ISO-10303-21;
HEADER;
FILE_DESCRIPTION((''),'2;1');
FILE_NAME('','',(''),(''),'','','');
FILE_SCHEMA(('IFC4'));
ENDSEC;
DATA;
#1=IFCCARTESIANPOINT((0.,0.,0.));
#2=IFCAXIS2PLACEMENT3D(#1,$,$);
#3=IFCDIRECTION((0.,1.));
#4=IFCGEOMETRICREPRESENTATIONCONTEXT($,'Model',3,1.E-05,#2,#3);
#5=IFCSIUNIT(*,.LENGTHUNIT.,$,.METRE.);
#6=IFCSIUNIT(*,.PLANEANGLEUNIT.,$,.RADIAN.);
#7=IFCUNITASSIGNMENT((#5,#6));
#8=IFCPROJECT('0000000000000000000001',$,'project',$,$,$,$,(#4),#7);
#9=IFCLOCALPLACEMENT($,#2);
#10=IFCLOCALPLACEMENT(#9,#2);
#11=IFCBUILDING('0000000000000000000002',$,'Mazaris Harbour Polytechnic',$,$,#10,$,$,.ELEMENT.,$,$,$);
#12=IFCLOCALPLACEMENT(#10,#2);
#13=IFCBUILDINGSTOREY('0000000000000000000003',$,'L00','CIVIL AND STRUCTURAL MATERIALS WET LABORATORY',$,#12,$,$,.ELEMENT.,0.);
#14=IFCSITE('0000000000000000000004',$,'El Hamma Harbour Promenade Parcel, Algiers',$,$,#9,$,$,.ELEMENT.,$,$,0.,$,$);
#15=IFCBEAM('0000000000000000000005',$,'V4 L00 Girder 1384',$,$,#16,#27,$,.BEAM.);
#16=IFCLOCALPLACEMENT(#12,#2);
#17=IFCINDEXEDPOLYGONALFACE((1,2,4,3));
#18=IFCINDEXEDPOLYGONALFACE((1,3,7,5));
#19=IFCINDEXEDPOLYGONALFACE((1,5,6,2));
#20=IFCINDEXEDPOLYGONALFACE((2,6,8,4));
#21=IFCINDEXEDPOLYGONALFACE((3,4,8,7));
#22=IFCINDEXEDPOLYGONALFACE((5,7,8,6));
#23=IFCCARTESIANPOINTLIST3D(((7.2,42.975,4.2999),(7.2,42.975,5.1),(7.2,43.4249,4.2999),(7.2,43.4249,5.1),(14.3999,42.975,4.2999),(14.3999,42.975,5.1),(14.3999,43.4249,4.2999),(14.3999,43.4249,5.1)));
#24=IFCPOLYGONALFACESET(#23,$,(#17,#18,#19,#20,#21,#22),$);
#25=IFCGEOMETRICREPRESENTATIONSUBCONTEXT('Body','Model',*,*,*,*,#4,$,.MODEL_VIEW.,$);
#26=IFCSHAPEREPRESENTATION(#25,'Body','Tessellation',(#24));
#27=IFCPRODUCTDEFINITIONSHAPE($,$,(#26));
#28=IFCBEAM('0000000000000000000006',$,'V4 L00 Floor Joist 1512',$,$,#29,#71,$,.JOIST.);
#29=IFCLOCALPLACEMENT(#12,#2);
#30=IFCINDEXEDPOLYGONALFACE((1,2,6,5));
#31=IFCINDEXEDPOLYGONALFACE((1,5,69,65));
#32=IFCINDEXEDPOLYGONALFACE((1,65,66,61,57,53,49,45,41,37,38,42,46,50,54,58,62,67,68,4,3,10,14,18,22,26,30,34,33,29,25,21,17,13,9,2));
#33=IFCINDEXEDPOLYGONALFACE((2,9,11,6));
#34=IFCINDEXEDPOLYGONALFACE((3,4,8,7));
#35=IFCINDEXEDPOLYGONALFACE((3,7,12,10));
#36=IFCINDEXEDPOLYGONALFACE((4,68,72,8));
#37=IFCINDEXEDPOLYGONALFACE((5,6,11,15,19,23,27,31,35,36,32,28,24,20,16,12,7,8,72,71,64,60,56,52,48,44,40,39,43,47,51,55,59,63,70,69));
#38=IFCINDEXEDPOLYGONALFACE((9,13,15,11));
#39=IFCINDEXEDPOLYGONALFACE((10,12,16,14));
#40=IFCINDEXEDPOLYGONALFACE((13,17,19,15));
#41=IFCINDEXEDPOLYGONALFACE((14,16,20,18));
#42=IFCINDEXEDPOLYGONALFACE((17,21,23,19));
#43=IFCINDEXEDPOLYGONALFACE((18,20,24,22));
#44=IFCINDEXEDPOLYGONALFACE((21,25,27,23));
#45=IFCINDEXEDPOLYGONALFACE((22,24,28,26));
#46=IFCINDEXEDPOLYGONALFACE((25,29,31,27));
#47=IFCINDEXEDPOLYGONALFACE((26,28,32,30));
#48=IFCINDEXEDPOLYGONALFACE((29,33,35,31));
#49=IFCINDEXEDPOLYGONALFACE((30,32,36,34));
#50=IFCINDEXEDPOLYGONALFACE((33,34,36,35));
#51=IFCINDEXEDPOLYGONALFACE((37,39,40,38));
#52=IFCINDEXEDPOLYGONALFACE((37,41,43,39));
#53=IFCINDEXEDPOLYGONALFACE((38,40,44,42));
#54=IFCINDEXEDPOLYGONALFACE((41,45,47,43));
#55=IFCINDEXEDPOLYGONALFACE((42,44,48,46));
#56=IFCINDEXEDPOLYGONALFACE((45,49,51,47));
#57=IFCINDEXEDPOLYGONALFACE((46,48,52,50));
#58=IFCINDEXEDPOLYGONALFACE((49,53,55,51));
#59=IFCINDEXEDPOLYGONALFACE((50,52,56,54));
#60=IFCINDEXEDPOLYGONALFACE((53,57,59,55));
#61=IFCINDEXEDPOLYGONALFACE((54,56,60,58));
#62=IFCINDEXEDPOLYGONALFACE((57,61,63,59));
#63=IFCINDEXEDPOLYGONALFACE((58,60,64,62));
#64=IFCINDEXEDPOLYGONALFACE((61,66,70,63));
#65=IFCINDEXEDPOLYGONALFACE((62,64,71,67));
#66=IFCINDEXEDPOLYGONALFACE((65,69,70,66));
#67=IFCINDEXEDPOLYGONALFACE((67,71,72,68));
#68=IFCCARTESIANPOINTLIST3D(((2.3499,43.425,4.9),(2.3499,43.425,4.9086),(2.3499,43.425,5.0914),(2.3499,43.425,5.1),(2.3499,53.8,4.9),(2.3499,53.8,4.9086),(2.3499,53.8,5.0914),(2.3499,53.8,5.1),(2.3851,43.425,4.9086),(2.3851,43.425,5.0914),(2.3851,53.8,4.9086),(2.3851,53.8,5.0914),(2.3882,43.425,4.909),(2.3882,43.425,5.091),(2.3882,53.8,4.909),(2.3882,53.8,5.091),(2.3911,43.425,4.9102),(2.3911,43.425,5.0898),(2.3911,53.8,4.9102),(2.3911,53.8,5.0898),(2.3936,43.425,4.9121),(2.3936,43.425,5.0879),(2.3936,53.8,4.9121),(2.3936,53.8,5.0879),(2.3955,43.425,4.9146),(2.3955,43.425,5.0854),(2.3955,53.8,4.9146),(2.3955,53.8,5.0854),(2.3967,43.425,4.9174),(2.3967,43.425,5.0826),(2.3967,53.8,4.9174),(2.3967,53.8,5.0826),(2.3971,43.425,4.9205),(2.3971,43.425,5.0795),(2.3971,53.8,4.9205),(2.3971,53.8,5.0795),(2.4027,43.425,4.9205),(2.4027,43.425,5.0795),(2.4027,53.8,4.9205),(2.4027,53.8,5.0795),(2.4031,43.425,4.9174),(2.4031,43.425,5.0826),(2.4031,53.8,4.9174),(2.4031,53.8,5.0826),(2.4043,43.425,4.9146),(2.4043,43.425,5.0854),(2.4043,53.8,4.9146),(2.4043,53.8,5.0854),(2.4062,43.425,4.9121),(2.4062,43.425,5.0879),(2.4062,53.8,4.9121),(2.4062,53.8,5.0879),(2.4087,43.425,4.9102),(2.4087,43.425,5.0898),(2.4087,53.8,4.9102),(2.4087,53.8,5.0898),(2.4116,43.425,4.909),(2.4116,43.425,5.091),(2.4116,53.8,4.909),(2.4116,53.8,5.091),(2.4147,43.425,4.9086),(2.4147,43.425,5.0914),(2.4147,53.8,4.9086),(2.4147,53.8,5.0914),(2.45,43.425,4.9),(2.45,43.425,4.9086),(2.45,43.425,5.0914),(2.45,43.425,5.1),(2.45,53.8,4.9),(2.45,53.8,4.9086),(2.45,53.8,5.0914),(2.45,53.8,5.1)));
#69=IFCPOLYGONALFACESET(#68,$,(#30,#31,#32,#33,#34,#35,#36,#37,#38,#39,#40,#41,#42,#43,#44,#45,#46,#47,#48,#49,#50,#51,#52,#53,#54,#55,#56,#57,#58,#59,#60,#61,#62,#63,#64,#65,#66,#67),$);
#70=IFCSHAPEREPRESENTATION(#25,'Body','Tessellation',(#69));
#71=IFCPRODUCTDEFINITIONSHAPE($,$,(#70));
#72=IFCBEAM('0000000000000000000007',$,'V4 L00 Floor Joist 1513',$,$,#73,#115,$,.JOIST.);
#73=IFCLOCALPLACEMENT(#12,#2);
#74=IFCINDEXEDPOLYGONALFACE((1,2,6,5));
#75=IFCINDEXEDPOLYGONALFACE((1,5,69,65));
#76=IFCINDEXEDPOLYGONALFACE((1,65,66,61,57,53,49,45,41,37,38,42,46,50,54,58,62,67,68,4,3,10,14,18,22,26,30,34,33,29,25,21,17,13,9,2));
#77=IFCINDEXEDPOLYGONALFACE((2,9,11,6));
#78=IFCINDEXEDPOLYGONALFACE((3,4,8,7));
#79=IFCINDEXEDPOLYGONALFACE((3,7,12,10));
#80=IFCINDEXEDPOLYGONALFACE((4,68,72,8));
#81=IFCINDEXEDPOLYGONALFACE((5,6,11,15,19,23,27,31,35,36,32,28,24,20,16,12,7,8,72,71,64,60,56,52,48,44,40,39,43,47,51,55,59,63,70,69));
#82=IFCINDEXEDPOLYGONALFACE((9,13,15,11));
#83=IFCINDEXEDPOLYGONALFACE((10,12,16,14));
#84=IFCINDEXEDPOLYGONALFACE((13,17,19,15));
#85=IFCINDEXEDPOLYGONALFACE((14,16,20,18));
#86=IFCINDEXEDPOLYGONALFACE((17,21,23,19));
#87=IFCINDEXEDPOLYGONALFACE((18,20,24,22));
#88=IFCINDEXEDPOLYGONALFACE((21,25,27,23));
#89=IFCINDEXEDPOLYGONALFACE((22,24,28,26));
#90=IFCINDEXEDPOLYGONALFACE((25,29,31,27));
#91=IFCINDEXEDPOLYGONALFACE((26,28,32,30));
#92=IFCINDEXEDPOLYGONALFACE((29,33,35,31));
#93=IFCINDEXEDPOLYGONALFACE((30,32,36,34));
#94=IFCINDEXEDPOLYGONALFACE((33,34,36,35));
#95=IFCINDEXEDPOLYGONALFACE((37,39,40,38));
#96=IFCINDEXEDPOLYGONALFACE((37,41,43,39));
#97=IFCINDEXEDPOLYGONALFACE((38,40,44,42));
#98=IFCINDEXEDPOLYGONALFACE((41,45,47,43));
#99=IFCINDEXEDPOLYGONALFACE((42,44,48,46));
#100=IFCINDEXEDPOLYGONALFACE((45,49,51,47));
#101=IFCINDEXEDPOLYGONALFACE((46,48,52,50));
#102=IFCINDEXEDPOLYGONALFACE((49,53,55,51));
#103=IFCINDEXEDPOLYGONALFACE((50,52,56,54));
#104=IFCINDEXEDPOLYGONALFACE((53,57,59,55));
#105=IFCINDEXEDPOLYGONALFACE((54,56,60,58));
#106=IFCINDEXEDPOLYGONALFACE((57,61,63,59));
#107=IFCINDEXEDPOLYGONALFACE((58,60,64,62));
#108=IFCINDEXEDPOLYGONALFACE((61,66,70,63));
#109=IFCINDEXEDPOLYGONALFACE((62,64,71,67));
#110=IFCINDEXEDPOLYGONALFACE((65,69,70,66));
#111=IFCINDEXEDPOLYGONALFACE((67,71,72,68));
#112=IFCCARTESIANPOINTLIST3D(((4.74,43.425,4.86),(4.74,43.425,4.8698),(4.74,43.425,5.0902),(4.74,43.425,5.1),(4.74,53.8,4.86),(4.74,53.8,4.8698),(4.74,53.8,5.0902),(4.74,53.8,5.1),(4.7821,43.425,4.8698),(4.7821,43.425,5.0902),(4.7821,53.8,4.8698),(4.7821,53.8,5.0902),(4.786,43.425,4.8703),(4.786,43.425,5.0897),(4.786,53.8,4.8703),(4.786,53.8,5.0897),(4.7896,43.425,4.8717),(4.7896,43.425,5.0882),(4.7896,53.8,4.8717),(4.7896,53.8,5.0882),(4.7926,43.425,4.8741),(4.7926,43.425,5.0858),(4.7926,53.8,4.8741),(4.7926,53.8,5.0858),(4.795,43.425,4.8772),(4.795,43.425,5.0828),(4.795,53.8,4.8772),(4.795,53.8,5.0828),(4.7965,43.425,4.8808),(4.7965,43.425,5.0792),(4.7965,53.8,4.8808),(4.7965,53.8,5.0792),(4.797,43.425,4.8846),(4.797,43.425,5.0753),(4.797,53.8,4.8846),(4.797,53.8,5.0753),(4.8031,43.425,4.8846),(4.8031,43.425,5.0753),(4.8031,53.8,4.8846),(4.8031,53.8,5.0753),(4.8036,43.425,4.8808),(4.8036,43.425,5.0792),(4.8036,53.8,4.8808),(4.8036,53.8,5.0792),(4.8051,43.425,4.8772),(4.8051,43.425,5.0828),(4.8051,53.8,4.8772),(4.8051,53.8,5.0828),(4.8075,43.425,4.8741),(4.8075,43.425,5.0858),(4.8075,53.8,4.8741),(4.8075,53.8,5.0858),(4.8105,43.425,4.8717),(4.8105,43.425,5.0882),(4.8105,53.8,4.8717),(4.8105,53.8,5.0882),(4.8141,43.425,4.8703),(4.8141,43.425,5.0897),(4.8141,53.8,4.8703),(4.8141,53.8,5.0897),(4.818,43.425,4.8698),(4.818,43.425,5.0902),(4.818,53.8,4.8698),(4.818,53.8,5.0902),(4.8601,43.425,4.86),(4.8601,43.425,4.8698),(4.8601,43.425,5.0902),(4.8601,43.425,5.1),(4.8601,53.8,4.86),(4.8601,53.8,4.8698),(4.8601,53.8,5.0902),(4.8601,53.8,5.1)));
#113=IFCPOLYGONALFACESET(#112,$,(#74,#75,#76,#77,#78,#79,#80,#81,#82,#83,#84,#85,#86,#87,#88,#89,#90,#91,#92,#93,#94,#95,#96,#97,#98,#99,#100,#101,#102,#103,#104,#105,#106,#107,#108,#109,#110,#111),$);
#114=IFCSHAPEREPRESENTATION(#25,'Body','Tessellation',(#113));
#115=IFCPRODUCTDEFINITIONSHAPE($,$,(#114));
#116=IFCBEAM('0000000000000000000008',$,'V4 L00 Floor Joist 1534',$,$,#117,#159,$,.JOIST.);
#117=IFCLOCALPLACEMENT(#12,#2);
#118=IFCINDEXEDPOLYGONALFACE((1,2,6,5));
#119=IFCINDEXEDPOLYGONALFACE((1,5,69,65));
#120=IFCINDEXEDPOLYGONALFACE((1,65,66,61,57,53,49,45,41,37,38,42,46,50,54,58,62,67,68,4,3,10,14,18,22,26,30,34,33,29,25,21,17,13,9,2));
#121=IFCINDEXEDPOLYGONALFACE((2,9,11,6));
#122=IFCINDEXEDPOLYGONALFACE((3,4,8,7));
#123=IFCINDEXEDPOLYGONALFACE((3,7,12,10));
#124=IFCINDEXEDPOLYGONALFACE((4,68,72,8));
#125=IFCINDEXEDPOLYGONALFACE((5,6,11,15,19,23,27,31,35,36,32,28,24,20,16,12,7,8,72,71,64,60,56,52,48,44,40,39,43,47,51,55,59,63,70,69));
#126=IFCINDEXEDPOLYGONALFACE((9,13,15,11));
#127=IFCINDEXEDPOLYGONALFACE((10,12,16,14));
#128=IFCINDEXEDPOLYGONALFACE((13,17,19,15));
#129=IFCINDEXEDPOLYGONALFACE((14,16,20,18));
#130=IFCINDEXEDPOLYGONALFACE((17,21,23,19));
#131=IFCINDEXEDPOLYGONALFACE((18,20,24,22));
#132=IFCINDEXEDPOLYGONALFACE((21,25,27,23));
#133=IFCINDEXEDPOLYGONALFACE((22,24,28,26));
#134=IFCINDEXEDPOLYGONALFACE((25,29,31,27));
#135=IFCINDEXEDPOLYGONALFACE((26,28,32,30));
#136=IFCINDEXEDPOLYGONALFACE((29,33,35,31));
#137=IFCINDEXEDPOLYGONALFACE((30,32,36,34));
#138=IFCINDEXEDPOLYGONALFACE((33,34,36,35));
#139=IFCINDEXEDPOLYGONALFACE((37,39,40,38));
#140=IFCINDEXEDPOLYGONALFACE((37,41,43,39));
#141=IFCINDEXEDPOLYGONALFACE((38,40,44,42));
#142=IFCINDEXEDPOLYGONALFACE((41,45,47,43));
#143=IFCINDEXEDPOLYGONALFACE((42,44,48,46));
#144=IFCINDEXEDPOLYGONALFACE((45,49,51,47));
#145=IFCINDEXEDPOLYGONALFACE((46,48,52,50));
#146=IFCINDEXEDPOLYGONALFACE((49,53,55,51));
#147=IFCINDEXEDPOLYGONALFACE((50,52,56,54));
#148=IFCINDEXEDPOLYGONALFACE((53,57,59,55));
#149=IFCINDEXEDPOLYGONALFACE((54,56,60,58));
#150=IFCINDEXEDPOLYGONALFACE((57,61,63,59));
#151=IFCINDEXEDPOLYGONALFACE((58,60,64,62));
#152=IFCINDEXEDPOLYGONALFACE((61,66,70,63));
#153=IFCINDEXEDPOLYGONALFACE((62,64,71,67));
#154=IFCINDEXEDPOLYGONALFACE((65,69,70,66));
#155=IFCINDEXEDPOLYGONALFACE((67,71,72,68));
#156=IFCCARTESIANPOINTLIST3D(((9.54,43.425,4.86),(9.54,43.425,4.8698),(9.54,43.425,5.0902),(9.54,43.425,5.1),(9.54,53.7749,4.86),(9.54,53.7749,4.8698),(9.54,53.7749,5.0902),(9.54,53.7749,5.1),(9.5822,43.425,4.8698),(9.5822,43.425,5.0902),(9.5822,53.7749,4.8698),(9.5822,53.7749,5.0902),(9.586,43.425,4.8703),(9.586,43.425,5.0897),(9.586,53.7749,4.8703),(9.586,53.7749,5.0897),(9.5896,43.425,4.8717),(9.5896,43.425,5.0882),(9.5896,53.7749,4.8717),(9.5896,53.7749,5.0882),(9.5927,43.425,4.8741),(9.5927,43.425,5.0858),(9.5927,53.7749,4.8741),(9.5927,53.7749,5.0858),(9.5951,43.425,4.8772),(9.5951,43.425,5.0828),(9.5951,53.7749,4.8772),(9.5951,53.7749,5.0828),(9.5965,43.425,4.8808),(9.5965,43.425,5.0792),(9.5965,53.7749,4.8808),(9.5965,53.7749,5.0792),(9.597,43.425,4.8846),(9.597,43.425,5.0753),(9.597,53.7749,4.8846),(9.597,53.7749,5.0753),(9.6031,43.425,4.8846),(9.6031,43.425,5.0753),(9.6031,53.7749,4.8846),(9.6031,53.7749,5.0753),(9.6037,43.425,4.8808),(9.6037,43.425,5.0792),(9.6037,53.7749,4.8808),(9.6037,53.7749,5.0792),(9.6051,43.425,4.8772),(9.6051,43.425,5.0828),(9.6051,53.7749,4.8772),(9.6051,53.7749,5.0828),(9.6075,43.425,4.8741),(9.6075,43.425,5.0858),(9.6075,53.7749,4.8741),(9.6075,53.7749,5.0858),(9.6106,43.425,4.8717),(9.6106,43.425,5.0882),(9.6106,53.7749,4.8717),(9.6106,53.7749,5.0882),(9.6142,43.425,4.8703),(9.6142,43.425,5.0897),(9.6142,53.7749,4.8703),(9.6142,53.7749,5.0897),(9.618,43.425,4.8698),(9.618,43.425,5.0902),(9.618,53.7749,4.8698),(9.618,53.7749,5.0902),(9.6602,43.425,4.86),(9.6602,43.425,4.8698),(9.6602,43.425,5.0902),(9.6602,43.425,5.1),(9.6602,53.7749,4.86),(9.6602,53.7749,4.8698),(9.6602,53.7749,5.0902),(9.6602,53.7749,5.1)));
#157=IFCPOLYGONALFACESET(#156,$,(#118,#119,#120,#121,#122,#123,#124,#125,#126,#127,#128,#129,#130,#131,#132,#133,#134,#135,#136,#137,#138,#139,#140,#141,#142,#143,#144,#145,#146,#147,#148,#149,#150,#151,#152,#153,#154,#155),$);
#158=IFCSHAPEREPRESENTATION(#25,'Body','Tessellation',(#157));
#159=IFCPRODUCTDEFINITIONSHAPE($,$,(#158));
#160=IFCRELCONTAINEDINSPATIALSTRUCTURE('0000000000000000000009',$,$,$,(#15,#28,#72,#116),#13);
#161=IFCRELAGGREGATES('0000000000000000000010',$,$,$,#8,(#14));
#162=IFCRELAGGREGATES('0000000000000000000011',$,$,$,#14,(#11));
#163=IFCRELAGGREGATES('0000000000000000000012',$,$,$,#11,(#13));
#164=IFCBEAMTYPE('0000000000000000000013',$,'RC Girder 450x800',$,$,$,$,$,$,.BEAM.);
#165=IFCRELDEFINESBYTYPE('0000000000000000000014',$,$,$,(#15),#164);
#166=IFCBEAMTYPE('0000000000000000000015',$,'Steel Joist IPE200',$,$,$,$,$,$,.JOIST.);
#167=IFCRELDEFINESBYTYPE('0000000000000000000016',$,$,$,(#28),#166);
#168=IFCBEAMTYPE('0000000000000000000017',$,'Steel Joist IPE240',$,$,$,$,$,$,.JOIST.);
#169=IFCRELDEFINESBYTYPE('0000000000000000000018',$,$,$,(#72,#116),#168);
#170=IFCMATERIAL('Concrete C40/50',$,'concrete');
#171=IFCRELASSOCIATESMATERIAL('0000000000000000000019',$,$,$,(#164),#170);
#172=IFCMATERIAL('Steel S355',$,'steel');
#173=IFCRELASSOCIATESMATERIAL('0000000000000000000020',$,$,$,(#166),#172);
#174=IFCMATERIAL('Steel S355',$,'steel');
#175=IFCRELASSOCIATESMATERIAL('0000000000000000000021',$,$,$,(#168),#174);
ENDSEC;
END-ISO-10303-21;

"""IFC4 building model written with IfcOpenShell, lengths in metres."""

from ifc_helpers import new_model, si_unit, direction, frame, origin, origin_2d, place, context, subcontext, project, spatial, rectangle, i_section, extrude, material, material_profile, profile_set, type_object, element, save


model = new_model("IFC4")

# Units and contexts
model_context = context("Model", 3, precision=1e-05, world=origin(), true_north=direction((0.0, 1.0)))
body_context = subcontext(model_context, "Body", "Model", "MODEL_VIEW")
ifc_project = project(units=[si_unit("LENGTHUNIT", "METRE"), si_unit("PLANEANGLEUNIT", "RADIAN")], contexts=[model_context])

# Site, building, storey
site_placement = place(None, origin())
site = spatial("IfcSite", under=ifc_project, at=site_placement, Name="El Hamma Harbour Promenade Parcel, Algiers", CompositionType="ELEMENT", RefElevation=0.0)
building_placement = place(site_placement, origin())
building = spatial("IfcBuilding", under=site, at=building_placement, Name="Mazaris Harbour Polytechnic", CompositionType="ELEMENT")
storey_placement = place(building_placement, origin())
storey = spatial("IfcBuildingStorey", under=building, at=storey_placement, Name="L00", Description="CIVIL AND STRUCTURAL MATERIALS WET LABORATORY", CompositionType="ELEMENT", Elevation=0.0)

# Beams
ifc_material_1 = material(Name="Concrete C40/50", Category="concrete")
ifc_material_profile_1 = material_profile(ifc_material_1, rectangle(XDim=0.45, YDim=0.8, at=origin_2d()), Name="RECT450x800")
ifc_profile_set_1 = profile_set([ifc_material_profile_1], Name="Concrete C40/50")
beam_type_1 = type_object("IfcBeamType", Name="RC Girder 450x800", PredefinedType="BEAM", material=ifc_profile_set_1)
beam_1_placement = place(storey_placement, frame((7.2, 43.2, 4.7), z_axis=(1.0, 0.0, 0.0), x_axis=(0.0, 1.0, 0.0)))
element("IfcBeam", 1, at=beam_1_placement, inside=storey, type_object=beam_type_1, Name="V4 L00 Girder 1384", PredefinedType="BEAM", context=body_context, shape_type="SweptSolid", body=[
    extrude(rectangle(XDim=0.45, YDim=0.8, at=origin_2d()), origin(), (0.0, 0.0, 1.0), 7.2),
])
ifc_material_2 = material(Name="Steel S355", Category="steel")
ifc_material_profile_2 = material_profile(ifc_material_2, i_section(OverallWidth=0.1001, OverallDepth=0.2, WebThickness=0.0056, FlangeThickness=0.0085, FilletRadius=0.012, at=origin_2d()), Name="IPE 200")
ifc_profile_set_2 = profile_set([ifc_material_profile_2], Name="Steel S355")
beam_type_2 = type_object("IfcBeamType", Name="Steel Joist IPE200", PredefinedType="JOIST", material=ifc_profile_set_2)
beam_2_placement = place(storey_placement, frame((2.3999, 43.425, 5.0), z_axis=(0.0, 1.0, 0.0), x_axis=(-1.0, 0.0, 0.0)))
element("IfcBeam", 2, at=beam_2_placement, inside=storey, type_object=beam_type_2, Name="V4 L00 Floor Joist 1512", PredefinedType="JOIST", context=body_context, shape_type="SweptSolid", body=[
    extrude(i_section(OverallWidth=0.1001, OverallDepth=0.2, WebThickness=0.0056, FlangeThickness=0.0085, FilletRadius=0.012, at=origin_2d()), origin(), (0.0, 0.0, 1.0), 10.375),
])
ifc_material_3 = material(Name="Steel S355", Category="steel")
ifc_material_profile_3 = material_profile(ifc_material_3, i_section(OverallWidth=0.1201, OverallDepth=0.24, WebThickness=0.0061, FlangeThickness=0.0098, FilletRadius=0.0149, at=origin_2d()), Name="IPE 240")
ifc_profile_set_3 = profile_set([ifc_material_profile_3], Name="Steel S355")
beam_type_3 = type_object("IfcBeamType", Name="Steel Joist IPE240", PredefinedType="JOIST", material=ifc_profile_set_3)
beam_3_placement = place(storey_placement, frame((4.8, 43.425, 4.98), z_axis=(0.0, 1.0, 0.0), x_axis=(-1.0, 0.0, 0.0)))
element("IfcBeam", 3, at=beam_3_placement, inside=storey, type_object=beam_type_3, Name="V4 L00 Floor Joist 1513", PredefinedType="JOIST", context=body_context, shape_type="SweptSolid", body=[
    extrude(i_section(OverallWidth=0.1201, OverallDepth=0.24, WebThickness=0.0061, FlangeThickness=0.0098, FilletRadius=0.0149, at=origin_2d()), origin(), (0.0, 0.0, 1.0), 10.375),
])
beam_4_placement = place(storey_placement, frame((9.6001, 43.425, 4.98), z_axis=(0.0, 1.0, 0.0), x_axis=(-1.0, 0.0, 0.0)))
element("IfcBeam", 4, at=beam_4_placement, inside=storey, type_object=beam_type_3, Name="V4 L00 Floor Joist 1534", PredefinedType="JOIST", context=body_context, shape_type="SweptSolid", body=[
    extrude(i_section(OverallWidth=0.1201, OverallDepth=0.24, WebThickness=0.0061, FlangeThickness=0.0098, FilletRadius=0.0149, at=origin_2d()), origin(), (0.0, 0.0, 1.0), 10.3499),
])

save(model, "model.ifc")
